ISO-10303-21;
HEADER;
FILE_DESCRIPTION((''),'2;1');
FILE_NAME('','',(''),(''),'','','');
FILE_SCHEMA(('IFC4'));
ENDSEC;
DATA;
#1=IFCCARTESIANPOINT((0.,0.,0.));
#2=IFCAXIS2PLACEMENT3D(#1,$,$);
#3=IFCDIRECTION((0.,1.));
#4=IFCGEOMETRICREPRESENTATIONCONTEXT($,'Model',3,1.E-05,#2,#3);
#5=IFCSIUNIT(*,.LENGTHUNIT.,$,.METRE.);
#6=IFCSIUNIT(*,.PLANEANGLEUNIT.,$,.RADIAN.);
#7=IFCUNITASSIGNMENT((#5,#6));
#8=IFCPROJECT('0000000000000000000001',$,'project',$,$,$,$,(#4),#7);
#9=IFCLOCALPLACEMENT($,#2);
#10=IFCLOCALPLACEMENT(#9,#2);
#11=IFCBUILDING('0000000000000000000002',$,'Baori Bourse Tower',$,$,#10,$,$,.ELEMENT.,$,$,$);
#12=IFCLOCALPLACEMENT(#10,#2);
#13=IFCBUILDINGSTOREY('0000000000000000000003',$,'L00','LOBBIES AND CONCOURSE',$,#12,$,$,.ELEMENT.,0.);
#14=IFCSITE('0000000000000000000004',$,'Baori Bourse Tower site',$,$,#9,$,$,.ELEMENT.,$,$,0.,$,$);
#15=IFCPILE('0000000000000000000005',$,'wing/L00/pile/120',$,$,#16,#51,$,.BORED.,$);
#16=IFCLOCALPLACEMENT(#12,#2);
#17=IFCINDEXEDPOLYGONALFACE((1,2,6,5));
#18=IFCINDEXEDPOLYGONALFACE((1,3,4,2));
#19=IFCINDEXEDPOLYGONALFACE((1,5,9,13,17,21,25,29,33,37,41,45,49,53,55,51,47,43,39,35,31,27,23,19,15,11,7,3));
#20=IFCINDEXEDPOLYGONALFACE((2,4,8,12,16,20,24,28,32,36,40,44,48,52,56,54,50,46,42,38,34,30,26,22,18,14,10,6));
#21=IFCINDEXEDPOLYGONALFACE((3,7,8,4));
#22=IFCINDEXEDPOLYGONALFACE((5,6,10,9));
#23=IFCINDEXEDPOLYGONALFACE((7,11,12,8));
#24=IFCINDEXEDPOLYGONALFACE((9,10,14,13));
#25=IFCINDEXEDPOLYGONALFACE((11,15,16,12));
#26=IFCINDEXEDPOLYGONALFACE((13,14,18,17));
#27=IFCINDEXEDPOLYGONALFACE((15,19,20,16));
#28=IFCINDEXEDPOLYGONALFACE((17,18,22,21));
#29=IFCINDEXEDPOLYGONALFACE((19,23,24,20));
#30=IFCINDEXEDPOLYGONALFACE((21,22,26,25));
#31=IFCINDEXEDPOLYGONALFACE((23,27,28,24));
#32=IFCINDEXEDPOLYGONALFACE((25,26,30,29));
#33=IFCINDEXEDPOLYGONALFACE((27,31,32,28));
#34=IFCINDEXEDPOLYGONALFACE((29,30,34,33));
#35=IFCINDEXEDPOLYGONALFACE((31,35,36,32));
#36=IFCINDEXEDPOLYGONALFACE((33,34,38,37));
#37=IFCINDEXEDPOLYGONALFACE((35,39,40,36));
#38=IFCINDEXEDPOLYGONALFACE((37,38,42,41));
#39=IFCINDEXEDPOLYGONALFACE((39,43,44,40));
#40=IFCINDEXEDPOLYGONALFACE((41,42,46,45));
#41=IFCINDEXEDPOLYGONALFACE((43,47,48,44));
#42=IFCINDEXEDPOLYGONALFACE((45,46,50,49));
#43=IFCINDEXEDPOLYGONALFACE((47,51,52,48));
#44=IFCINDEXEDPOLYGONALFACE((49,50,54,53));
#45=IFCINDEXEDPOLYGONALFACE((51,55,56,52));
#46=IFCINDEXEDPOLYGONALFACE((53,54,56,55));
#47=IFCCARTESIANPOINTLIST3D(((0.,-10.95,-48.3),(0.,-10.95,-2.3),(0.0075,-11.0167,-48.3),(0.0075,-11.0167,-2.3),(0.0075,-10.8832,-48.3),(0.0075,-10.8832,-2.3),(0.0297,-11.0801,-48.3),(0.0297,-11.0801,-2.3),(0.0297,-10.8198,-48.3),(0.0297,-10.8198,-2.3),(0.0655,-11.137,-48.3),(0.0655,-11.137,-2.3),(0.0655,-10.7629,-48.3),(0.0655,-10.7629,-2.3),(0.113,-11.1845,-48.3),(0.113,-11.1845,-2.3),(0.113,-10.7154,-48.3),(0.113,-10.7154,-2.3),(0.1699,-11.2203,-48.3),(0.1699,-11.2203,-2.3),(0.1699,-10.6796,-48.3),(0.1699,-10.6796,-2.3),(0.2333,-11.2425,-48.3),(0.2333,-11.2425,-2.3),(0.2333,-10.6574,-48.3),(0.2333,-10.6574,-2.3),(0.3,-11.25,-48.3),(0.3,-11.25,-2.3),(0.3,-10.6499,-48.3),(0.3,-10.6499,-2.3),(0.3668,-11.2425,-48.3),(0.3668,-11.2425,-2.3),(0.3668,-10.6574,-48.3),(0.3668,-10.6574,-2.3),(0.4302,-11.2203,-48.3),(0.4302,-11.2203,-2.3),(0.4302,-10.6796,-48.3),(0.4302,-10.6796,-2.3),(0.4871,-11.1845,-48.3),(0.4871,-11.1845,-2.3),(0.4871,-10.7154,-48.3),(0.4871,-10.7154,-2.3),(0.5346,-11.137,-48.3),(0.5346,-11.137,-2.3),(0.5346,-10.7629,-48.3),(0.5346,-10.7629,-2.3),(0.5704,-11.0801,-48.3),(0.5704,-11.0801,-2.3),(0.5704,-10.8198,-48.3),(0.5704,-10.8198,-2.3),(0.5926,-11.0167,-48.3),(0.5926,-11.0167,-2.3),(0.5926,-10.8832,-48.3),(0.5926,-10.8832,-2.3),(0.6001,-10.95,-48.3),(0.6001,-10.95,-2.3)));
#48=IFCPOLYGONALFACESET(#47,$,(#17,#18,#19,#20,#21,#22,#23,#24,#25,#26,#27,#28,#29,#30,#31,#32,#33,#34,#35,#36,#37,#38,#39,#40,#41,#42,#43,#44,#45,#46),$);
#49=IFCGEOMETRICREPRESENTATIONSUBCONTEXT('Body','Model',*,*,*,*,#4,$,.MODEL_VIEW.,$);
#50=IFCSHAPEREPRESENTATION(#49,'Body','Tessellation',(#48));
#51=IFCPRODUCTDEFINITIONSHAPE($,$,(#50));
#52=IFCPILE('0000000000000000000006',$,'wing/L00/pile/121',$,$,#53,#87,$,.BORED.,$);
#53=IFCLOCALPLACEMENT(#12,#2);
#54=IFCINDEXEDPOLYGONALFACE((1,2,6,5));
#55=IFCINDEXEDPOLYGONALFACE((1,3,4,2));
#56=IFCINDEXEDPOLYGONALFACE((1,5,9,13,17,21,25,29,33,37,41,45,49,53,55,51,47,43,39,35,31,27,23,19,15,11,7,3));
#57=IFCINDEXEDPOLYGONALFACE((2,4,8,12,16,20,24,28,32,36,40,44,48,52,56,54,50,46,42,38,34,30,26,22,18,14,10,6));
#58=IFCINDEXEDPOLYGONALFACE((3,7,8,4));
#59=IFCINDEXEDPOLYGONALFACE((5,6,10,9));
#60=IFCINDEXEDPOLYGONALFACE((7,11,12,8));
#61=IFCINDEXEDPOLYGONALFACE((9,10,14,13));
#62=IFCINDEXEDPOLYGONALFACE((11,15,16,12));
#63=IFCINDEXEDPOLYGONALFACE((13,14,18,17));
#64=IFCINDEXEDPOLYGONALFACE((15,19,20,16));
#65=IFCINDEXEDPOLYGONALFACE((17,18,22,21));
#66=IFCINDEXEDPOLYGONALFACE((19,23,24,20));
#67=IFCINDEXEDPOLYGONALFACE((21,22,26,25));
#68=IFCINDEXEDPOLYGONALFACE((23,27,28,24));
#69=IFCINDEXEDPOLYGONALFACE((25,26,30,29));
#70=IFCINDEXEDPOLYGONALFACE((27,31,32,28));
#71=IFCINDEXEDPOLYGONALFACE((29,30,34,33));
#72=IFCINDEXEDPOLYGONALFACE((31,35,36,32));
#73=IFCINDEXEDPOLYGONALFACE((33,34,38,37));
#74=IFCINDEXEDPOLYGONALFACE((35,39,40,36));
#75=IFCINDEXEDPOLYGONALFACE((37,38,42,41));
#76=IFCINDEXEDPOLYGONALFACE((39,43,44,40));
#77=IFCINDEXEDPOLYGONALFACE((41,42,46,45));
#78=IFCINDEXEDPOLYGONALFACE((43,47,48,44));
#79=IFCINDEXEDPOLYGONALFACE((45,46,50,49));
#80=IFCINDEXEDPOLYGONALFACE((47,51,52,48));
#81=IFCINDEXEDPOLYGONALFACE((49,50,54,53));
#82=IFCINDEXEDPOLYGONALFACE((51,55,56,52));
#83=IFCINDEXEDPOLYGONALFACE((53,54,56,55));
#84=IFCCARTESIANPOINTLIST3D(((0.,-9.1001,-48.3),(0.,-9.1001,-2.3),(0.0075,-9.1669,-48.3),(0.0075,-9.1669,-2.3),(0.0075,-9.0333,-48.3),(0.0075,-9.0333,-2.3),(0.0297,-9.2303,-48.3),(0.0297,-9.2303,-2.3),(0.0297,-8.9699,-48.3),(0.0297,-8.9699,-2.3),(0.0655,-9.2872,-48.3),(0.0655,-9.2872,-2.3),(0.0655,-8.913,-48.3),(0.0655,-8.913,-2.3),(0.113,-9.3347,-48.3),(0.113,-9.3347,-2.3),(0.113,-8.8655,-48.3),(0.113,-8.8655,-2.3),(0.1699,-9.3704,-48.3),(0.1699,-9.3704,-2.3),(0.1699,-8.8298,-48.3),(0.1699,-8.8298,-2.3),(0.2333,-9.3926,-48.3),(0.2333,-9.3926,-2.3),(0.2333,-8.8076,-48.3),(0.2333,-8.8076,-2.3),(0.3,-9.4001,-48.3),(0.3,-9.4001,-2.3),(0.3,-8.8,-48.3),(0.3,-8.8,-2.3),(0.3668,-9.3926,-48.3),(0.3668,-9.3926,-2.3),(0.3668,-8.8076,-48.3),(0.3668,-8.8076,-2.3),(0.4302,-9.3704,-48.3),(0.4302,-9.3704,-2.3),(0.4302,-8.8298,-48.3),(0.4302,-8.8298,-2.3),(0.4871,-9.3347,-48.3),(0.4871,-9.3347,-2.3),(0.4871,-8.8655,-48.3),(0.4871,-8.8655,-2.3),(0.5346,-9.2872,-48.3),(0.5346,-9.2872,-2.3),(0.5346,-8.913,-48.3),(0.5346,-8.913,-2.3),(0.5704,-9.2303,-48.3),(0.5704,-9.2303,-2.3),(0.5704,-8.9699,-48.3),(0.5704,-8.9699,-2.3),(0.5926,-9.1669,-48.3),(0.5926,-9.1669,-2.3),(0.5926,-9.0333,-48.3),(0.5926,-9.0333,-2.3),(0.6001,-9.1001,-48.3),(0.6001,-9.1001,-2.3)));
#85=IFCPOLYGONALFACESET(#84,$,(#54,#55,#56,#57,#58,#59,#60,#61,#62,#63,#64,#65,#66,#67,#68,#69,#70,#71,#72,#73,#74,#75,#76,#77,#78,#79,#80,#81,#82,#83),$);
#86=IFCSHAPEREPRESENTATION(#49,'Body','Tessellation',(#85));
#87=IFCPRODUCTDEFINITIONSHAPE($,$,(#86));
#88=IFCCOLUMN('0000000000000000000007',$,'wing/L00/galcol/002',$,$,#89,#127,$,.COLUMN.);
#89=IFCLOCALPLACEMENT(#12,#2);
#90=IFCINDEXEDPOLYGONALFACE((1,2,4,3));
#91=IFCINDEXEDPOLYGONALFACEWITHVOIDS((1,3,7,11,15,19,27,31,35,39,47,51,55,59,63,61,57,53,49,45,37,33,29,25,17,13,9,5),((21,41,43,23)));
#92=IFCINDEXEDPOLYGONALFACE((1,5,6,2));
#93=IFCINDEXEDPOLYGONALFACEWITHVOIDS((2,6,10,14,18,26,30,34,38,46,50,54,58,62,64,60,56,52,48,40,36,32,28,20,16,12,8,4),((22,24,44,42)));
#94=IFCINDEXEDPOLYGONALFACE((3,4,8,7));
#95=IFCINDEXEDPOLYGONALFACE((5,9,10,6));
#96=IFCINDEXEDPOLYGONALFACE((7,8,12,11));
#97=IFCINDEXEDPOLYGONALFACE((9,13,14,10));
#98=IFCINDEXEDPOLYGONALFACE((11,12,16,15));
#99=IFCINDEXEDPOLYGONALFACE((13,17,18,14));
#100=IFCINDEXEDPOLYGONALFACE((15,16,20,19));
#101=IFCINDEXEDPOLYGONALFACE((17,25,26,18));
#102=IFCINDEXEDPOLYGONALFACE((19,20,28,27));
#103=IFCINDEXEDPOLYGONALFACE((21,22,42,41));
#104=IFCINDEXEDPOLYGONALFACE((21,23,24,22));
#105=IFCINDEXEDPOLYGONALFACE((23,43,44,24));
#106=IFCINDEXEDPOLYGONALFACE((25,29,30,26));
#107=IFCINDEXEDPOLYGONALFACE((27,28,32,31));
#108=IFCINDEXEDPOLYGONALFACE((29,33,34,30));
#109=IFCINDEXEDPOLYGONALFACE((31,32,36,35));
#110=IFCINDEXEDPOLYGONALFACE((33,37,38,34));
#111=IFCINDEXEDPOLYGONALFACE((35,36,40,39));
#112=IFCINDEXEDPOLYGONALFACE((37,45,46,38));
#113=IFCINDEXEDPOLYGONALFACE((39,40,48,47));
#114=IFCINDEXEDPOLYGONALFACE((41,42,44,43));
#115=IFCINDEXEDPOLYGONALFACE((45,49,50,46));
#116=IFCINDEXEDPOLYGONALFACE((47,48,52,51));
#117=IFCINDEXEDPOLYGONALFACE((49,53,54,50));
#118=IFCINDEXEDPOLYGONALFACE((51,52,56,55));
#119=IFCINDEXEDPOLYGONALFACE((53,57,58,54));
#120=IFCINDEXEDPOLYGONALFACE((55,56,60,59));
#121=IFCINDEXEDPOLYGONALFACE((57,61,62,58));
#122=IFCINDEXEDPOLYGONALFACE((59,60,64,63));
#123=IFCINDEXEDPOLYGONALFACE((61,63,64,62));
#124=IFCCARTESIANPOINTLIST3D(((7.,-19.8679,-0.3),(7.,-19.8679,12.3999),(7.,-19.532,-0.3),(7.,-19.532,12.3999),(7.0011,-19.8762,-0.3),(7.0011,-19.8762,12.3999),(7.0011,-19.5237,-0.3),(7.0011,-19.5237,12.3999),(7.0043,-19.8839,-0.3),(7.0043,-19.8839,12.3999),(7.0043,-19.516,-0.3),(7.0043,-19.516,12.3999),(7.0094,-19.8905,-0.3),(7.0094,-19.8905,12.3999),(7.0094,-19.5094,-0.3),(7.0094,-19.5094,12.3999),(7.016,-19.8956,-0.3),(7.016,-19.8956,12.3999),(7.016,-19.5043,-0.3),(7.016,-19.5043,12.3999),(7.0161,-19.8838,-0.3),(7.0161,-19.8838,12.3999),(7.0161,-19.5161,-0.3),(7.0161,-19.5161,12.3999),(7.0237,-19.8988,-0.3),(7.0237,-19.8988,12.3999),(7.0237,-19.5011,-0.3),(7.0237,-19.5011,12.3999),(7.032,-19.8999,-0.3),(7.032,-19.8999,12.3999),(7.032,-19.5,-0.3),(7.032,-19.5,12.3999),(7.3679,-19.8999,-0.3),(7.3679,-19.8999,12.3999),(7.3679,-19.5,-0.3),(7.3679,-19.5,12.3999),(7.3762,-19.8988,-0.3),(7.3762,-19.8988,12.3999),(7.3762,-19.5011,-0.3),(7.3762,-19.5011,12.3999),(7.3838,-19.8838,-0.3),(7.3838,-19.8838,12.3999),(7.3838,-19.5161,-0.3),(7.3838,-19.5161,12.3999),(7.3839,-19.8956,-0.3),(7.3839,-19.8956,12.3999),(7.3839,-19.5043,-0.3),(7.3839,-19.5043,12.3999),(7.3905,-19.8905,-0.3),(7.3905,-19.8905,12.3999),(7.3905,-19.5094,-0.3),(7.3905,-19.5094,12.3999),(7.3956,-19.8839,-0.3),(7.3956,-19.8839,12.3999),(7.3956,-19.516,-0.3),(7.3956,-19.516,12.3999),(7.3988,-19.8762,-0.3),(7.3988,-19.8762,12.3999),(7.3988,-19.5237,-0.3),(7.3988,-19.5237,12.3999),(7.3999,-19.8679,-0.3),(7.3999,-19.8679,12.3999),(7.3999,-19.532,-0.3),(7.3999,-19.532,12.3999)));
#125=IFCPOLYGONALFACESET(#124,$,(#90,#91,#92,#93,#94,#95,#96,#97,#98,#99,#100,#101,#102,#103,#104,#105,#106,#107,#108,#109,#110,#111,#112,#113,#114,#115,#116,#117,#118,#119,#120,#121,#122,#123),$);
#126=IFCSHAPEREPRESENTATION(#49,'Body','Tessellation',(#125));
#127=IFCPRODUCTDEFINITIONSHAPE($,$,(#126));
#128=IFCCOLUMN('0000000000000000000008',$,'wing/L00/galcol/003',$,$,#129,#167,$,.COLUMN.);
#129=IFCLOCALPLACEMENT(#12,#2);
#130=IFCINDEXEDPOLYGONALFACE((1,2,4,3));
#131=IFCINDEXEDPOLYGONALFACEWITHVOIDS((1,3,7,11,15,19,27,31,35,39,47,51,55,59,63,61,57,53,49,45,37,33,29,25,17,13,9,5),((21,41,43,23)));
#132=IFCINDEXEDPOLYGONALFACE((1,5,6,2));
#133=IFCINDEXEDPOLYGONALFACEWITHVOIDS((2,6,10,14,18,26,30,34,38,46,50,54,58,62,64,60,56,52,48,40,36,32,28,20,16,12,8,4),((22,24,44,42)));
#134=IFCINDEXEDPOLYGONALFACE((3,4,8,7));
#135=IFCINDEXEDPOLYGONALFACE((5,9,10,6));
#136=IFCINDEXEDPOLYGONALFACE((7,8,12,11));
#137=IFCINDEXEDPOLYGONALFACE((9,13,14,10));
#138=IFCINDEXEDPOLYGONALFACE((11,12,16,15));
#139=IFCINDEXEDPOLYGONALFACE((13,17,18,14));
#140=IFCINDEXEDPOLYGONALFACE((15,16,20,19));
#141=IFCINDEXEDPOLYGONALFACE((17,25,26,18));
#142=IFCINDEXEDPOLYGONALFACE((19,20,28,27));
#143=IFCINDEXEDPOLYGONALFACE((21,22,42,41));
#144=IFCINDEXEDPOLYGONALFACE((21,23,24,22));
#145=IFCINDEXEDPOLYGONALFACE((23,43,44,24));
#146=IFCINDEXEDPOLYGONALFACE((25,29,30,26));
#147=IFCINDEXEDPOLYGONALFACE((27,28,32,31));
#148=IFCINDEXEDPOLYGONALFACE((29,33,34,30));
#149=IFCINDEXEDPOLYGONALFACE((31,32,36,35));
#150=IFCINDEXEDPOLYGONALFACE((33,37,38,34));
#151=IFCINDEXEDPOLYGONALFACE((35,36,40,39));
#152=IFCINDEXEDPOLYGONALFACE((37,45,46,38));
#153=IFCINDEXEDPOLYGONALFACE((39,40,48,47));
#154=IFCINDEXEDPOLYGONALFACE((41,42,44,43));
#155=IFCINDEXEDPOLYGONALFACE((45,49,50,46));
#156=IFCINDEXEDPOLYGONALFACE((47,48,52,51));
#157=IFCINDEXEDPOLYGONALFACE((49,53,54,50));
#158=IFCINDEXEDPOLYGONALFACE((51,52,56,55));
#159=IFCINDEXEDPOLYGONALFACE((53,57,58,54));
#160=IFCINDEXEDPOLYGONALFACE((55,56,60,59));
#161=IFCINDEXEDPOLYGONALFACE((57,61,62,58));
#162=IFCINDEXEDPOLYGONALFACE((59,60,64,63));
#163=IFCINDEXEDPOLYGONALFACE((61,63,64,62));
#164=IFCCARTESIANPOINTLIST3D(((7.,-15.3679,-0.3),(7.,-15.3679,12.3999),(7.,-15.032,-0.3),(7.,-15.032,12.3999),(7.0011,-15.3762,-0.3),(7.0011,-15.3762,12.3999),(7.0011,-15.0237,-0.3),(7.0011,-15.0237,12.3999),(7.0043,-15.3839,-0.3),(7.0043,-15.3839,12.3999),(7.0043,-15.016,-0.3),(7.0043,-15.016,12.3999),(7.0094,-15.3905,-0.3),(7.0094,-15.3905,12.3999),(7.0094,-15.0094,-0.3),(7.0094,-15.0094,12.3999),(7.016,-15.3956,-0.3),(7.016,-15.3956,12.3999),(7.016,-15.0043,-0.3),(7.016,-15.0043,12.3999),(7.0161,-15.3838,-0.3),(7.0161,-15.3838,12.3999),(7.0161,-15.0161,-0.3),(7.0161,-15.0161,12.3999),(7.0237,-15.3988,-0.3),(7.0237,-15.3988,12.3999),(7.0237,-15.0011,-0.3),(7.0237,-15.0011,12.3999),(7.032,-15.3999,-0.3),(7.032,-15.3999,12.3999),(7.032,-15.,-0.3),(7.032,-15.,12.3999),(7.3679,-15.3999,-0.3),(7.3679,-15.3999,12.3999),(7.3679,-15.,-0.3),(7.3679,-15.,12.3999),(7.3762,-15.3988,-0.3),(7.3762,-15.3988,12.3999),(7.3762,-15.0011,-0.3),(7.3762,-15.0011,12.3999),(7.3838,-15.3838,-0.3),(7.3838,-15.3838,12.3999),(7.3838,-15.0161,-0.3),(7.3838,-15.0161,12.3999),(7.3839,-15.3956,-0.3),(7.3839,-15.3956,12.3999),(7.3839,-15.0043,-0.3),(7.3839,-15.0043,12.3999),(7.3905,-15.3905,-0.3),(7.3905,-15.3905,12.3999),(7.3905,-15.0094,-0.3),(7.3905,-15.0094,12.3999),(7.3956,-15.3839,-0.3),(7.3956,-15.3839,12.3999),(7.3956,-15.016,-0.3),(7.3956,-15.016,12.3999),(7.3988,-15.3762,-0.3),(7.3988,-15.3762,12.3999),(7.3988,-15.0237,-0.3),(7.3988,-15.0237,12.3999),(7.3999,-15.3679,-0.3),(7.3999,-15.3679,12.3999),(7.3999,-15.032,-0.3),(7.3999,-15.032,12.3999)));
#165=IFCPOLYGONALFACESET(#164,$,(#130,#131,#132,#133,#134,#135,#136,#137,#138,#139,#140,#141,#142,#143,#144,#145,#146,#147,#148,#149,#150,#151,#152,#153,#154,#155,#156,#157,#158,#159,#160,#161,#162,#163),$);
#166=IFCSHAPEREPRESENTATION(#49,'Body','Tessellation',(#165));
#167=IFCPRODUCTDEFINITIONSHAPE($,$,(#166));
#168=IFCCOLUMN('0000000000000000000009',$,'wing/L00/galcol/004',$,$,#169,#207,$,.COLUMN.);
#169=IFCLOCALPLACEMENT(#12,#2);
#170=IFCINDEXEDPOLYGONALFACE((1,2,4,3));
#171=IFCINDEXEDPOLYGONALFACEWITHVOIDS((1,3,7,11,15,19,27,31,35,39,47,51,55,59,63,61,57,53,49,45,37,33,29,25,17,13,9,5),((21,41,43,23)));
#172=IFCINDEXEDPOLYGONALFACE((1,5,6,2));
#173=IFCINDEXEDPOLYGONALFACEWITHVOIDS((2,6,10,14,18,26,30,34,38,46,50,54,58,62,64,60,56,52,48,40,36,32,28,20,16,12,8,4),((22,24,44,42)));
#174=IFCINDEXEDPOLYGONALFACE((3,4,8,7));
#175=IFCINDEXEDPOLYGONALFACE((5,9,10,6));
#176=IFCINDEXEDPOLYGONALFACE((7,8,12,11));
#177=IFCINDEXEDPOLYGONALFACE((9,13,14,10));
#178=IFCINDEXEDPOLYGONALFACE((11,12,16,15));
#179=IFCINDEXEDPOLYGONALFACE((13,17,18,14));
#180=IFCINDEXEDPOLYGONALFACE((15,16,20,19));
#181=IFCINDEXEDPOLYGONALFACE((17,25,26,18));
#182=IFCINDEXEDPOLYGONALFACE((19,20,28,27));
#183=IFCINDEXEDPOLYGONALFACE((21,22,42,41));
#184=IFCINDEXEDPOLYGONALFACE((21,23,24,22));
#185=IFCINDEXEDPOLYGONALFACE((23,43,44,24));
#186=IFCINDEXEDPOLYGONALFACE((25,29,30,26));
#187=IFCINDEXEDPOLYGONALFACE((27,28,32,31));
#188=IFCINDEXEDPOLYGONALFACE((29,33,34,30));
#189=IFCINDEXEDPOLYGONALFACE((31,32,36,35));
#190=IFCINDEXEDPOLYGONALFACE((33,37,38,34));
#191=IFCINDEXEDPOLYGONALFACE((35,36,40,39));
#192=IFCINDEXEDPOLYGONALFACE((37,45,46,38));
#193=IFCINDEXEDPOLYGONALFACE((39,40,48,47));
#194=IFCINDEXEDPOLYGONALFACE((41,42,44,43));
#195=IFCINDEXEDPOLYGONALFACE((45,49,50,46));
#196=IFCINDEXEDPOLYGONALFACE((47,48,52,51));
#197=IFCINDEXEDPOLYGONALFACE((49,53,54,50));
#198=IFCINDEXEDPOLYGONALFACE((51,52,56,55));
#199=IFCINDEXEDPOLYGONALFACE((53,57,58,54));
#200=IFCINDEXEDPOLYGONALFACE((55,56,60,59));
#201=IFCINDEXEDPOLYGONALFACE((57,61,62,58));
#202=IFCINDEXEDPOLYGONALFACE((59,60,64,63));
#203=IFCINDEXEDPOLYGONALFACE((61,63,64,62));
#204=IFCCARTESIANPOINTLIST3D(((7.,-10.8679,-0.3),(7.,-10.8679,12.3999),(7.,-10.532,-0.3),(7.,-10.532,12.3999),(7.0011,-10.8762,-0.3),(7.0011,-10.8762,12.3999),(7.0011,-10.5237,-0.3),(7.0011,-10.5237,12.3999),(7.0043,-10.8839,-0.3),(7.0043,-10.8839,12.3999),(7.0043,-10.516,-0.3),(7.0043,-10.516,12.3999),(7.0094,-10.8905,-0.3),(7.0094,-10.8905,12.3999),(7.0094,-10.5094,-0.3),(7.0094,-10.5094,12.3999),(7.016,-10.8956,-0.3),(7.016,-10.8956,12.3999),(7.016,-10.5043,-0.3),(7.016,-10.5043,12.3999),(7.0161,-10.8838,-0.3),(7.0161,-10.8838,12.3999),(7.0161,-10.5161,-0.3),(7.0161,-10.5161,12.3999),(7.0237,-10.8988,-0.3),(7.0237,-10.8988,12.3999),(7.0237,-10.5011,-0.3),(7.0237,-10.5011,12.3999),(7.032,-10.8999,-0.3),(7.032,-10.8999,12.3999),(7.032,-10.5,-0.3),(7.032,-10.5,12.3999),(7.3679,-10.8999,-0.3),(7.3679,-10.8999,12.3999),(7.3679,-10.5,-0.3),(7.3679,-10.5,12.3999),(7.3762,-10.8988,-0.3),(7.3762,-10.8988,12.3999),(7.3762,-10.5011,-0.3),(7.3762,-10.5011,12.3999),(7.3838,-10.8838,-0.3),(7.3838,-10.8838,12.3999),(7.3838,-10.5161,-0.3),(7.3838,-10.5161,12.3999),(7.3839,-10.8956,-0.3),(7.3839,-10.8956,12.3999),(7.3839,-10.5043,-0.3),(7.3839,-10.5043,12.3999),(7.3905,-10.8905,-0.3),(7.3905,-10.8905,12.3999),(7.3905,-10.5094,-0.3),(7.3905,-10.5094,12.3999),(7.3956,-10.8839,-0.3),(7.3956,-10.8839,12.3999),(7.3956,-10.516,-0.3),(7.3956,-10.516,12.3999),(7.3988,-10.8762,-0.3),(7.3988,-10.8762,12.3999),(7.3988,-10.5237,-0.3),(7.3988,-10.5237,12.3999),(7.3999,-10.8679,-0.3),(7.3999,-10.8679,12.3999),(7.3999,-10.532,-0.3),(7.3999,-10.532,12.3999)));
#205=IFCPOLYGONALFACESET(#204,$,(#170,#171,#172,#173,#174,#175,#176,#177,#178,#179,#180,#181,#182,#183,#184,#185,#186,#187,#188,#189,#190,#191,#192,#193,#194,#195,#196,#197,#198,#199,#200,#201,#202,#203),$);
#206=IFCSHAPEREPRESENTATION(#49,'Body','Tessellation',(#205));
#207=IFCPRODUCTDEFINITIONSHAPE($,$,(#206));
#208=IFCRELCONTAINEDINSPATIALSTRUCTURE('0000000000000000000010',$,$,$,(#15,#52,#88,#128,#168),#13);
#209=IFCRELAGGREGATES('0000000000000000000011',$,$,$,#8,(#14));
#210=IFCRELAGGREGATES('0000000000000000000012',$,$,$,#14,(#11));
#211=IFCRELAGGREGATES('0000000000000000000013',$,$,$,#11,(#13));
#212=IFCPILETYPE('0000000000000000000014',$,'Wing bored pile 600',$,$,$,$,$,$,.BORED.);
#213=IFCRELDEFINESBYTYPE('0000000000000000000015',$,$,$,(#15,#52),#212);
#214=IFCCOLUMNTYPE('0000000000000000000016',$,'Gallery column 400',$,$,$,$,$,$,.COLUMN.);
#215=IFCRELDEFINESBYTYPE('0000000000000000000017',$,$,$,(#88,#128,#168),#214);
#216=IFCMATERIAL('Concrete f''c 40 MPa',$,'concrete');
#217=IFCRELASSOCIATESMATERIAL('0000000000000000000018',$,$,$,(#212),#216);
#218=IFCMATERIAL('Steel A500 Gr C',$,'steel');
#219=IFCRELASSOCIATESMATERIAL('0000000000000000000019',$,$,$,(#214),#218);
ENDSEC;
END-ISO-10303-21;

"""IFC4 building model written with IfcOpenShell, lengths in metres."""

from ifc_helpers import new_model, si_unit, direction, frame, origin, origin_2d, place, context, subcontext, project, spatial, hollow_rectangle, circle, extrude, material, material_profile, profile_set, type_object, element, save


model = new_model("IFC4")

# Units and contexts
model_context = context("Model", 3, precision=1e-05, world=origin(), true_north=direction((0.0, 1.0)))
body_context = subcontext(model_context, "Body", "Model", "MODEL_VIEW")
ifc_project = project(units=[si_unit("LENGTHUNIT", "METRE"), si_unit("PLANEANGLEUNIT", "RADIAN")], contexts=[model_context])

# Site, building, storey
site_placement = place(None, origin())
site = spatial("IfcSite", under=ifc_project, at=site_placement, Name="Baori Bourse Tower site", CompositionType="ELEMENT", RefElevation=0.0)
building_placement = place(site_placement, origin())
building = spatial("IfcBuilding", under=site, at=building_placement, Name="Baori Bourse Tower", CompositionType="ELEMENT")
storey_placement = place(building_placement, origin())
storey = spatial("IfcBuildingStorey", under=building, at=storey_placement, Name="L00", Description="LOBBIES AND CONCOURSE", CompositionType="ELEMENT", Elevation=0.0)

# Piles
ifc_material_1 = material(Name="Concrete f'c 40 MPa", Category="concrete")
ifc_material_profile_1 = material_profile(ifc_material_1, circle(Radius=0.3, at=origin_2d()), Name="Wing bored pile 600")
ifc_profile_set_1 = profile_set([ifc_material_profile_1], Name="Concrete f'c 40 MPa")
pile_type_1 = type_object("IfcPileType", Name="Wing bored pile 600", PredefinedType="BORED", material=ifc_profile_set_1)
for number, where, z_axis, x_axis, name in (
    (1, (0.3, -10.95, -2.3), (0.0, 0.0, -1.0), (1.0, 0.0, 0.0), "wing/L00/pile/120"),
    (2, (0.3, -9.1001, -2.3), (0.0, 0.0, -1.0), (1.0, 0.0, 0.0), "wing/L00/pile/121"),
):
    element("IfcPile", number, at=place(storey_placement, frame(where, z_axis=z_axis, x_axis=x_axis)), inside=storey, type_object=pile_type_1, Name=name, PredefinedType="BORED", context=body_context, shape_type="SweptSolid", body=[
        extrude(circle(Radius=0.3, at=origin_2d()), origin(), (0.0, 0.0, 1.0), 46.0),
    ])

# Columns
ifc_material_2 = material(Name="Steel A500 Gr C", Category="steel")
ifc_material_profile_2 = material_profile(ifc_material_2, hollow_rectangle(XDim=0.3999, YDim=0.3999, WallThickness=0.0161, OuterFilletRadius=0.032, at=origin_2d()), Name="HSS400x400x16")
ifc_profile_set_2 = profile_set([ifc_material_profile_2], Name="Steel A500 Gr C")
column_type = type_object("IfcColumnType", Name="Gallery column 400", PredefinedType="COLUMN", material=ifc_profile_set_2)
for number, where, z_axis, x_axis, name in (
    (3, (7.2, -19.7, -0.3), (0.0, 0.0, 1.0), (1.0, 0.0, 0.0), "wing/L00/galcol/002"),
    (4, (7.2, -15.2, -0.3), (0.0, 0.0, 1.0), (1.0, 0.0, 0.0), "wing/L00/galcol/003"),
    (5, (7.2, -10.7, -0.3), (0.0, 0.0, 1.0), (1.0, 0.0, 0.0), "wing/L00/galcol/004"),
):
    element("IfcColumn", number, at=place(storey_placement, frame(where, z_axis=z_axis, x_axis=x_axis)), inside=storey, type_object=column_type, Name=name, PredefinedType="COLUMN", context=body_context, shape_type="SweptSolid", body=[
        extrude(hollow_rectangle(XDim=0.3999, YDim=0.3999, WallThickness=0.0161, OuterFilletRadius=0.032, at=origin_2d()), origin(), (0.0, 0.0, 1.0), 12.7),
    ])

save(model, "model.ifc")
